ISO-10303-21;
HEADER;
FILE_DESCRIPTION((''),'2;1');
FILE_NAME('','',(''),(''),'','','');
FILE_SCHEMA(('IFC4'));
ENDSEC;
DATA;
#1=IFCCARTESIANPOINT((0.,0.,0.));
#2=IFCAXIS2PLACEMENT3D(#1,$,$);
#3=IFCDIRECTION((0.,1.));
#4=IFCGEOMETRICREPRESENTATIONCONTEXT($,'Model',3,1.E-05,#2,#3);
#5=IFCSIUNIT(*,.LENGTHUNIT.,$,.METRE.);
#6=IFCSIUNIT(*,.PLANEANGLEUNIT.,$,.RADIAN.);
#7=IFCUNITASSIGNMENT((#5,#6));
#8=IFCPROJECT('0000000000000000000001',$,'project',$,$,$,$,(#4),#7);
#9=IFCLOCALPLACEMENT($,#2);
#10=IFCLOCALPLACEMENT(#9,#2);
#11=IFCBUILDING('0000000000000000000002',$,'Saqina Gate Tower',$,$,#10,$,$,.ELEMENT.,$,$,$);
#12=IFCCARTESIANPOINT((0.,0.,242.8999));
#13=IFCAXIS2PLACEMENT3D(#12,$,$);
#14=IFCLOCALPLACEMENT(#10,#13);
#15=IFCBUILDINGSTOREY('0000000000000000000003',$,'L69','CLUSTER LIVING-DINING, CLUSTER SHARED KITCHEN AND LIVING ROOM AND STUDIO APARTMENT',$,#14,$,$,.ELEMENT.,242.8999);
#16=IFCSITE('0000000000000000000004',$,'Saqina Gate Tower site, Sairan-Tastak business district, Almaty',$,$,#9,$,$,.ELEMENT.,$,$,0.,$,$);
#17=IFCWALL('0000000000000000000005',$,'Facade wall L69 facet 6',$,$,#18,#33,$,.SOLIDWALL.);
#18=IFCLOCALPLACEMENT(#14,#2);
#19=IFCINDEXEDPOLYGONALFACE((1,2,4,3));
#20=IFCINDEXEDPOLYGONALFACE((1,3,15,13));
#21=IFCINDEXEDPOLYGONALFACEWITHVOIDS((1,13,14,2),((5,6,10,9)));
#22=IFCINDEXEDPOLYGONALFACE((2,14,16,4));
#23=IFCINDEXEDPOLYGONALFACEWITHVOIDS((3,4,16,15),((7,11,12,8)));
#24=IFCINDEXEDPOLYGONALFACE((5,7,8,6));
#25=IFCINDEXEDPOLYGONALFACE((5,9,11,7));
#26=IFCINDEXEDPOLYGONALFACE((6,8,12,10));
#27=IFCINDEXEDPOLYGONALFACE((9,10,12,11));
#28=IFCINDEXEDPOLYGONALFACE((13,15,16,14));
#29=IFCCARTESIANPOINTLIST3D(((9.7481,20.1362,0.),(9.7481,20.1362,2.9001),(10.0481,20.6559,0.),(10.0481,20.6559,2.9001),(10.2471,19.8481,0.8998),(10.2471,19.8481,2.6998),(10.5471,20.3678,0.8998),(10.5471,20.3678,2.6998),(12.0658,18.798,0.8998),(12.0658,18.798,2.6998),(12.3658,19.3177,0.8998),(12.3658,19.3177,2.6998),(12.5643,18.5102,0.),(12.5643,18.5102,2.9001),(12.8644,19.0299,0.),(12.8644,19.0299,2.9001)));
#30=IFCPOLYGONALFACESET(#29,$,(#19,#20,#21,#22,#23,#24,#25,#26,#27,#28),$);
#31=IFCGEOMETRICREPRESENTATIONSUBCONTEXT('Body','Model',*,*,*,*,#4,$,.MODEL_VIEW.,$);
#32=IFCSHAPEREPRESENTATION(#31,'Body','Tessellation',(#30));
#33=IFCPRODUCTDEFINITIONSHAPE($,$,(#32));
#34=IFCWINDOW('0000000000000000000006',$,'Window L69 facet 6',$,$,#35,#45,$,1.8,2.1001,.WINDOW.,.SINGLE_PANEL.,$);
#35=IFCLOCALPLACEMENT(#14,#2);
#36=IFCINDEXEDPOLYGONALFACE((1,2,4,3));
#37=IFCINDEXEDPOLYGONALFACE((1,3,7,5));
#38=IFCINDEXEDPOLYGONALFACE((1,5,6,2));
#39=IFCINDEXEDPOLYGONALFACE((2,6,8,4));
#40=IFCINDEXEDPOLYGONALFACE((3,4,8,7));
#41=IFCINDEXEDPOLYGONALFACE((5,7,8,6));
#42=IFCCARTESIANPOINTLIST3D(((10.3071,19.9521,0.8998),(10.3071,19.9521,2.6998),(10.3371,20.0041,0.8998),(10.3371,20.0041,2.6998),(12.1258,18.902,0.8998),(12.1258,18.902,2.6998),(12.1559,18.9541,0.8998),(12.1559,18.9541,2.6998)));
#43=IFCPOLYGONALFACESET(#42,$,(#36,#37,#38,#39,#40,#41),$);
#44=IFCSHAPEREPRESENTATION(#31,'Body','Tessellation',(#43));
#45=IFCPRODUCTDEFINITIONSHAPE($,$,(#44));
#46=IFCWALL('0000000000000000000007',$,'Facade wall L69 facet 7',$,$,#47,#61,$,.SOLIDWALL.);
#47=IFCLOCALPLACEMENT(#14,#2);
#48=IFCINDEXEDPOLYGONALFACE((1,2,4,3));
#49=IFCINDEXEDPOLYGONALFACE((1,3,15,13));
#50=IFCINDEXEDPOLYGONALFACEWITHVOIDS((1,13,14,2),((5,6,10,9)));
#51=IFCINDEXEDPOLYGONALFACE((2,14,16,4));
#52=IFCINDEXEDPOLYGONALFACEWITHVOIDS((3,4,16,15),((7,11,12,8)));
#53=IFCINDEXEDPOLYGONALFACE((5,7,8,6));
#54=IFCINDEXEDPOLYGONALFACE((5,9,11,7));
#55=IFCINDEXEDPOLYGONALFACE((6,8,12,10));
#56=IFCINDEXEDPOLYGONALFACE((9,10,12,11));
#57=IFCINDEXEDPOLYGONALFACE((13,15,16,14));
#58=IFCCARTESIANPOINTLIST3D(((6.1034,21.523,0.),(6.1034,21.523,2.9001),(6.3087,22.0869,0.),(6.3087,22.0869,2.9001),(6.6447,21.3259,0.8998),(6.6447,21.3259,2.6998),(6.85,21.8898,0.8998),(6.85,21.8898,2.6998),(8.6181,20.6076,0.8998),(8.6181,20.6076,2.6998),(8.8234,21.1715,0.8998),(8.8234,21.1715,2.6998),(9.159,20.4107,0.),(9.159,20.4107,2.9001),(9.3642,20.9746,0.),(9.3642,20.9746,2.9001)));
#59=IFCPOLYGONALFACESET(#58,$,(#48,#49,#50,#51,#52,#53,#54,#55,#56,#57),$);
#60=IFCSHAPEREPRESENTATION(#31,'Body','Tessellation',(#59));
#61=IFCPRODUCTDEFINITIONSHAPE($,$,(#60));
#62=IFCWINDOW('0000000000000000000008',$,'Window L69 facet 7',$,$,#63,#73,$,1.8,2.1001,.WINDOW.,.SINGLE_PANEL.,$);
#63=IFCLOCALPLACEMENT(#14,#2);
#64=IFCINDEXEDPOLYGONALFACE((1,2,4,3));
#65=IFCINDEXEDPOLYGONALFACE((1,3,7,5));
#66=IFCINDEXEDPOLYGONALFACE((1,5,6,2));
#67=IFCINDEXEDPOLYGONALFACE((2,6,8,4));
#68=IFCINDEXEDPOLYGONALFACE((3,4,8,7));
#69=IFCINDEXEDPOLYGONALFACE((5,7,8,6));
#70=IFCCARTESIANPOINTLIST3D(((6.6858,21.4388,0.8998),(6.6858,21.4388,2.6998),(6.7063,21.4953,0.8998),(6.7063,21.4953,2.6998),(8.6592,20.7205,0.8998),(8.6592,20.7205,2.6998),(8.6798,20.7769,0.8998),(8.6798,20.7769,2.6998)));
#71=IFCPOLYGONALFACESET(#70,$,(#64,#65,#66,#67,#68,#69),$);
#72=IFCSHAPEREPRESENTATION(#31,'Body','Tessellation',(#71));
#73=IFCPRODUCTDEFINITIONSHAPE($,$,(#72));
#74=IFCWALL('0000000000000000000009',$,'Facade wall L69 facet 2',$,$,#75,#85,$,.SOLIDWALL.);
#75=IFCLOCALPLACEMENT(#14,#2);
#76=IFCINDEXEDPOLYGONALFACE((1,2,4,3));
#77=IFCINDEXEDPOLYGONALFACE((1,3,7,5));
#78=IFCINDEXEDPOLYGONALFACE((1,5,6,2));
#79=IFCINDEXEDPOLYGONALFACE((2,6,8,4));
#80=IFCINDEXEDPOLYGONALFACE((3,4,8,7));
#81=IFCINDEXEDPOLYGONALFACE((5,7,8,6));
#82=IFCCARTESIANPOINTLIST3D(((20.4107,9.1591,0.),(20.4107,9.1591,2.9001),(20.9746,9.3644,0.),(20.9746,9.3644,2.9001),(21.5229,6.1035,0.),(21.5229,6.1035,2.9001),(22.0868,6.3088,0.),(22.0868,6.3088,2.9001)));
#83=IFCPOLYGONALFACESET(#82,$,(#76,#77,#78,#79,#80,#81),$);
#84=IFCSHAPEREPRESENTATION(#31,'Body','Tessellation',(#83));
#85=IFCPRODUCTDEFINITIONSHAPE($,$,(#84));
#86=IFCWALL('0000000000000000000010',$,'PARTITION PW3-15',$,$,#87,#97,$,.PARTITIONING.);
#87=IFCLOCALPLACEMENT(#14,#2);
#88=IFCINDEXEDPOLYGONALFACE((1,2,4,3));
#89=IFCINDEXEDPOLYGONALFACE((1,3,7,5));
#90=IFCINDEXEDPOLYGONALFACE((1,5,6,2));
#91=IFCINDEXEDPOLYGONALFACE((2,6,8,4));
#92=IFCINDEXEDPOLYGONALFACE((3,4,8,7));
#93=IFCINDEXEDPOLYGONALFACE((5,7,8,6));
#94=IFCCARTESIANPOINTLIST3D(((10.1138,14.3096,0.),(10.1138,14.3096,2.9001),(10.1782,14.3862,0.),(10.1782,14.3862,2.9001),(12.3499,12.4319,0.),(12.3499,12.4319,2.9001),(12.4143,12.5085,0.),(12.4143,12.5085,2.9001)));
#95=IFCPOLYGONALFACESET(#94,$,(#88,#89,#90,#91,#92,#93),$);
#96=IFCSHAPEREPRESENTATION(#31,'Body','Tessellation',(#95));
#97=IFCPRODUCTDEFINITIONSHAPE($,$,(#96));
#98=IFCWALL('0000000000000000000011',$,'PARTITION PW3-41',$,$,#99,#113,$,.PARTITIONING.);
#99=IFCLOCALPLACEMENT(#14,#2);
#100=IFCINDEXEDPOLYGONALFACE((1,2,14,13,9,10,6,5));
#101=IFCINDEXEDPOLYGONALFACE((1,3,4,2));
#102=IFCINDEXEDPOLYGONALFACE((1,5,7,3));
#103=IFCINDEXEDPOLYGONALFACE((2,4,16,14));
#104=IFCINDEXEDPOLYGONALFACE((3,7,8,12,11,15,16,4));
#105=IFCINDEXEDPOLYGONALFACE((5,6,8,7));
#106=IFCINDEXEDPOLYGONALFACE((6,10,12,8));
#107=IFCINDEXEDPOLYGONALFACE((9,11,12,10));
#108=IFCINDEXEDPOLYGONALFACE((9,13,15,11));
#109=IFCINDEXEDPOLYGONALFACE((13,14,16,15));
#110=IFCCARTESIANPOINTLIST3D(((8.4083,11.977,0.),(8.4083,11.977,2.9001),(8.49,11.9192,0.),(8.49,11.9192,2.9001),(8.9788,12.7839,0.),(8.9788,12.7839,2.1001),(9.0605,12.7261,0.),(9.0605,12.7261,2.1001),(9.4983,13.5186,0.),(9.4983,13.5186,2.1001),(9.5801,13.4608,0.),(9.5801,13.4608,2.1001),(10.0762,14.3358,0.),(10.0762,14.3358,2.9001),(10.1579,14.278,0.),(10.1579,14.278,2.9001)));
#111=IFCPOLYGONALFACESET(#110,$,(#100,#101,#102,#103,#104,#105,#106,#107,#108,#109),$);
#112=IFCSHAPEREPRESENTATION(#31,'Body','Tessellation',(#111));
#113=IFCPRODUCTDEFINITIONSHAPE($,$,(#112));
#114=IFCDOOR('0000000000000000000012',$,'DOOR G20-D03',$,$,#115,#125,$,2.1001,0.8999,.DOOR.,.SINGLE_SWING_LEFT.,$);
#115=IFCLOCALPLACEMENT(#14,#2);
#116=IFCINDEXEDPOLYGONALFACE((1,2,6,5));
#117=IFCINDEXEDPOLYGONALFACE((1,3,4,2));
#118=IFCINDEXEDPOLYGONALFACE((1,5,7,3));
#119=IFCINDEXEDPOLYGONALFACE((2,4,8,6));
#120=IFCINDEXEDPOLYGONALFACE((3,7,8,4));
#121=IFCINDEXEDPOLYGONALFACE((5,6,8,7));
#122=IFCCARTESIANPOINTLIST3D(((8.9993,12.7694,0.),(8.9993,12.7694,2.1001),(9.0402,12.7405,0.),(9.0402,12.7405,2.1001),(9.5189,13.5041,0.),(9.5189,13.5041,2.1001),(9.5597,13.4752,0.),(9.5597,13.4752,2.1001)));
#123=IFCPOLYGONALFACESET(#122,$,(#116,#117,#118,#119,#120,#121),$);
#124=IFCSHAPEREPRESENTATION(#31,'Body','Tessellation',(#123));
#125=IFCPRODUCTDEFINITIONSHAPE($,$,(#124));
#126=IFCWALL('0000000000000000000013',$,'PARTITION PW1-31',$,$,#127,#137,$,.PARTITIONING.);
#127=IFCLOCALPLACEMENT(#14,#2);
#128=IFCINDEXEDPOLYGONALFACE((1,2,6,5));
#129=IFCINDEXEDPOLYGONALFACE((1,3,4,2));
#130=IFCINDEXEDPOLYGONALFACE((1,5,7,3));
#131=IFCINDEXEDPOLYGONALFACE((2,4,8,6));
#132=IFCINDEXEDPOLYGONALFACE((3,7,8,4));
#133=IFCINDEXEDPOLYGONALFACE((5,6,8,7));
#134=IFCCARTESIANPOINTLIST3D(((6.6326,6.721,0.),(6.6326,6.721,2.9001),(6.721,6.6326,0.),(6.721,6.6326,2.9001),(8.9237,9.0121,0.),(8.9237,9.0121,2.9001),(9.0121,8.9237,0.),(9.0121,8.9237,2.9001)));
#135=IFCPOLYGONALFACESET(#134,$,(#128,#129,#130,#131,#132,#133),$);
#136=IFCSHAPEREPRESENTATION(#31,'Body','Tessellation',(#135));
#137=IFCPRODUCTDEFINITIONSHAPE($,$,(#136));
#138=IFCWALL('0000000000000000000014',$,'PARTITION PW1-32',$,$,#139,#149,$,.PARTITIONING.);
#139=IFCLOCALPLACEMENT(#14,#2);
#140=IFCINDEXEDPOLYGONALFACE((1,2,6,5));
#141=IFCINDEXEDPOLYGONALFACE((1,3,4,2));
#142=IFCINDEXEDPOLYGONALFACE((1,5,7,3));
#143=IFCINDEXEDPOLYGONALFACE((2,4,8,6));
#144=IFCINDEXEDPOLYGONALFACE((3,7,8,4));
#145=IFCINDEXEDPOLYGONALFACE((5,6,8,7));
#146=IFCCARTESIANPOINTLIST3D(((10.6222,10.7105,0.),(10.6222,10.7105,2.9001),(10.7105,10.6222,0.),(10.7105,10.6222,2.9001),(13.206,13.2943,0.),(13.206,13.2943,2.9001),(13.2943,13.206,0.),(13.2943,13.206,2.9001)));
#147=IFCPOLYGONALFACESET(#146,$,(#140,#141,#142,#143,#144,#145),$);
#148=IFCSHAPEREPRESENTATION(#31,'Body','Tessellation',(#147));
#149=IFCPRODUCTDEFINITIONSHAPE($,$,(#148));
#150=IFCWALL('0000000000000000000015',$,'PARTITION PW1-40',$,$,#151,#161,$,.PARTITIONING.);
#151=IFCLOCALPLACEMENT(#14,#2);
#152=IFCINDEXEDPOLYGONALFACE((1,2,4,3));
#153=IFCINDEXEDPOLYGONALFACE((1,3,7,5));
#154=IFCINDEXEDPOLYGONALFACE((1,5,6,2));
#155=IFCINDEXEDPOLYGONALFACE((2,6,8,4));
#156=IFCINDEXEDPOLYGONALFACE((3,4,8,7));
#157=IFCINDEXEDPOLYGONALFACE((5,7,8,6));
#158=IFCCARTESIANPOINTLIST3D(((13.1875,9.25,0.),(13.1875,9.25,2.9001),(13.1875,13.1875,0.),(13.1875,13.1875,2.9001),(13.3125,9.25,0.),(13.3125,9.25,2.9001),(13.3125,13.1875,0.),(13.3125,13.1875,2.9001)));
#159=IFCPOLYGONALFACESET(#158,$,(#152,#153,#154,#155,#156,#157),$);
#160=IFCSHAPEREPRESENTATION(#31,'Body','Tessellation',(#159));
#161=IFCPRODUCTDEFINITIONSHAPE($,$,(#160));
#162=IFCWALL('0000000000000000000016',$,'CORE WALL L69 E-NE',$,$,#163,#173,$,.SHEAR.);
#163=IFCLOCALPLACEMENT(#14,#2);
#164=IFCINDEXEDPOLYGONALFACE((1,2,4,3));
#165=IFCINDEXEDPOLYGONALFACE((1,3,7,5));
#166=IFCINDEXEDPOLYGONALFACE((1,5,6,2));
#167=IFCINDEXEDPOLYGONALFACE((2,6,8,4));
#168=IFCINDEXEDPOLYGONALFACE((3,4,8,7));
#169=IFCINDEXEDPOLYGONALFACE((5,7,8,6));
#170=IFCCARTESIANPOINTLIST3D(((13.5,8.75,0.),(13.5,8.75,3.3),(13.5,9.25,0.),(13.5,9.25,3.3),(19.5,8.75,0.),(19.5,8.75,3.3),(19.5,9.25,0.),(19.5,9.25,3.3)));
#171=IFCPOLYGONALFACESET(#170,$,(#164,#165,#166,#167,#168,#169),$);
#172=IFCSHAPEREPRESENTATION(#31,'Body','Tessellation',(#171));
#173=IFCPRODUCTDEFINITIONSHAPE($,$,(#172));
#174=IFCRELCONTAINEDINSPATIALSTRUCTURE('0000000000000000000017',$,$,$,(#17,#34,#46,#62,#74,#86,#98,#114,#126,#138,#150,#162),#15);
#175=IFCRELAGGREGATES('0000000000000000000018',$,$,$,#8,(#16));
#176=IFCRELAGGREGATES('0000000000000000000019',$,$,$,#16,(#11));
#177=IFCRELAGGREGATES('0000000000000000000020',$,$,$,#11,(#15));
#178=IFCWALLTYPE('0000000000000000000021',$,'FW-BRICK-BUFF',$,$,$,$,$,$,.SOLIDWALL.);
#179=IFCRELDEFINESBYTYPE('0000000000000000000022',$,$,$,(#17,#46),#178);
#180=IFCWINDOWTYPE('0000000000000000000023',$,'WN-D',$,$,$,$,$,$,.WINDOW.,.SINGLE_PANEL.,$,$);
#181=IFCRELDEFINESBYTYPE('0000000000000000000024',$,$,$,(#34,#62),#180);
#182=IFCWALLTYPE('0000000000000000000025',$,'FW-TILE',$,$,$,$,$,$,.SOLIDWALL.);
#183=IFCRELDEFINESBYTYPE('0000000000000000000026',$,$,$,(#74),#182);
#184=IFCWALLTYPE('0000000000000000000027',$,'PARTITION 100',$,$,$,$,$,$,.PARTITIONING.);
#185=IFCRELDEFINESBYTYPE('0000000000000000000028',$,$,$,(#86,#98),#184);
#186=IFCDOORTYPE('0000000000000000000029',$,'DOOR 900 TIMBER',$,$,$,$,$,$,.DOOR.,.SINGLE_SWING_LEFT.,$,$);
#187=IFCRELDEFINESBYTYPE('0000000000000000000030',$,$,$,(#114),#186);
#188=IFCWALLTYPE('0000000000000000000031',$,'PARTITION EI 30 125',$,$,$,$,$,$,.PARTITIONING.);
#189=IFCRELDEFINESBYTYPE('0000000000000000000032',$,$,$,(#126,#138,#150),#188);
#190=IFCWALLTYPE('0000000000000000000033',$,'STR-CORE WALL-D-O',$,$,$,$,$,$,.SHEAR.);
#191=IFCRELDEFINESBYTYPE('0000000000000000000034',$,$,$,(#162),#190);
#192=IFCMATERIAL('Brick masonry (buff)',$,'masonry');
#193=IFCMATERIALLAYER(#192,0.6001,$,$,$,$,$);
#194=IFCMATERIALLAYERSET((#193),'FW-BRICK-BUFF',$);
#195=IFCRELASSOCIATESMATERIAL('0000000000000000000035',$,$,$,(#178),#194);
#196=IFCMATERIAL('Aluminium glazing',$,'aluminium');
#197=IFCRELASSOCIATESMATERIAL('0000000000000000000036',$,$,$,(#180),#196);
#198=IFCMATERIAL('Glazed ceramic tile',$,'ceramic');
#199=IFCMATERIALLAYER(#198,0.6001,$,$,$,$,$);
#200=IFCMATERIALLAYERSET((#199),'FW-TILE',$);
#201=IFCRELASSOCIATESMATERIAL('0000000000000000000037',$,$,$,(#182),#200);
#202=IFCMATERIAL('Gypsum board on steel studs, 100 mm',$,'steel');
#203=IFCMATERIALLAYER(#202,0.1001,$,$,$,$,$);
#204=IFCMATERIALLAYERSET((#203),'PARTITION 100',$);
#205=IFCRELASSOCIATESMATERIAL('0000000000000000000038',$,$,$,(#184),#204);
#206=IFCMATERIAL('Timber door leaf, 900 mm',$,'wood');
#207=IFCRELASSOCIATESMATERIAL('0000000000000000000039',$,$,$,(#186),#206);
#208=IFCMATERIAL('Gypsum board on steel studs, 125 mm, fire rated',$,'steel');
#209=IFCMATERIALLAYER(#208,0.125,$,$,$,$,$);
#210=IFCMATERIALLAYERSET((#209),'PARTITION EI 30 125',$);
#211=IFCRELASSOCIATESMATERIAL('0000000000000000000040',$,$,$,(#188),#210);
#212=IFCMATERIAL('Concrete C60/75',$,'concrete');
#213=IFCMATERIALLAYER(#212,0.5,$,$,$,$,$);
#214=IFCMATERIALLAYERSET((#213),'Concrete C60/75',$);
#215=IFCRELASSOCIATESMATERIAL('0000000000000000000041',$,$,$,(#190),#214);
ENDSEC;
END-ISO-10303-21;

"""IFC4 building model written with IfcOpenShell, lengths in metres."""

from ifc_helpers import new_model, si_unit, direction, frame, frame_2d, origin, place, context, subcontext, project, spatial, rectangle, extrude, material, layer, layer_set, type_object, element, fill, save


model = new_model("IFC4")

# Units and contexts
model_context = context("Model", 3, precision=1e-05, world=origin(), true_north=direction((0.0, 1.0)))
body_context = subcontext(model_context, "Body", "Model", "MODEL_VIEW")
ifc_project = project(units=[si_unit("LENGTHUNIT", "METRE"), si_unit("PLANEANGLEUNIT", "RADIAN")], contexts=[model_context])

# Site, building, storey
site_placement = place(None, origin())
site = spatial("IfcSite", under=ifc_project, at=site_placement, Name="Saqina Gate Tower site, Sairan-Tastak business district, Almaty", CompositionType="ELEMENT", RefElevation=0.0)
building_placement = place(site_placement, origin())
building = spatial("IfcBuilding", under=site, at=building_placement, Name="Saqina Gate Tower", CompositionType="ELEMENT")
storey_placement = place(building_placement, frame((0.0, 0.0, 242.8999)))
storey = spatial("IfcBuildingStorey", under=building, at=storey_placement, Name="L69", Description="CLUSTER LIVING-DINING, CLUSTER SHARED KITCHEN AND LIVING ROOM AND STUDIO APARTMENT", CompositionType="ELEMENT", Elevation=242.8999)

# Walls, openings, windows
ifc_material_1 = material(Name="Brick masonry (buff)", Category="masonry")
ifc_layer_1 = layer(ifc_material_1, 0.6001)
ifc_layer_set_1 = layer_set([ifc_layer_1], Name="FW-BRICK-BUFF")
wall_type_1 = type_object("IfcWallType", Name="FW-BRICK-BUFF", PredefinedType="SOLIDWALL", material=ifc_layer_set_1)
ifc_material_2 = material(Name="Aluminium glazing", Category="aluminium")
window_type = type_object("IfcWindowType", Name="WN-D", PartitioningType="SINGLE_PANEL", PredefinedType="WINDOW", material=ifc_material_2)
wall_1_placement = place(storey_placement, frame((12.7144, 18.77, 0.0), z_axis=(0.0, 0.0, 1.0), x_axis=(-0.866017, 0.500015, 0.0)))
wall_1 = element("IfcWall", 1, at=wall_1_placement, inside=storey, type_object=wall_type_1, Name="Facade wall L69 facet 6", PredefinedType="SOLIDWALL", context=body_context, shape_type="SweptSolid", body=[
    extrude(rectangle(XDim=3.252, YDim=0.6001, at=frame_2d((1.626, 0.0))), origin(), (0.0, 0.0, 1.0), 2.9001),
])
opening_1_placement = place(wall_1_placement, frame((0.5757, 0.0, 0.8999)))
opening_1 = element("IfcOpeningElement", 2, at=opening_1_placement, cuts=wall_1, PredefinedType="OPENING", context=body_context, shape_type="SweptSolid", body=[
    extrude(rectangle(XDim=2.1001, YDim=1.8, at=frame_2d((1.05, 0.8999))), frame((0.0, 0.312, 0.0), z_axis=(0.0, -1.0, 0.0), x_axis=(1.0, 0.0, 0.0)), (0.0, 0.0, 1.0), 0.624),
])
window_1_placement = place(opening_1_placement, origin())
window_1 = element("IfcWindow", 3, at=window_1_placement, inside=storey, type_object=window_type, Name="Window L69 facet 6", OverallHeight=1.8, OverallWidth=2.1001, PartitioningType="SINGLE_PANEL", PredefinedType="WINDOW", context=body_context, shape_type="SweptSolid", body=[
    extrude(rectangle(XDim=2.1001, YDim=1.8, at=frame_2d((1.05, 0.8999))), frame((0.0, 0.1799, 0.0), z_axis=(0.0, -1.0, 0.0), x_axis=(1.0, 0.0, 0.0)), (0.0, 0.0, 1.0), 0.0601),
])
fill(opening_1, window_1)
wall_2_placement = place(storey_placement, frame((9.2617, 20.6926, 0.0), z_axis=(0.0, 0.0, 1.0), x_axis=(-0.939679, 0.342057, 0.0)))
wall_2 = element("IfcWall", 4, at=wall_2_placement, inside=storey, type_object=wall_type_1, Name="Facade wall L69 facet 7", PredefinedType="SOLIDWALL", context=body_context, shape_type="SweptSolid", body=[
    extrude(rectangle(XDim=3.2517, YDim=0.6001, at=frame_2d((1.626, 0.0))), origin(), (0.0, 0.0, 1.0), 2.9001),
])
opening_2_placement = place(wall_2_placement, frame((0.5757, 0.0, 0.8999)))
opening_2 = element("IfcOpeningElement", 5, at=opening_2_placement, cuts=wall_2, PredefinedType="OPENING", context=body_context, shape_type="SweptSolid", body=[
    extrude(rectangle(XDim=2.1001, YDim=1.8, at=frame_2d((1.05, 0.8999))), frame((0.0, 0.312, 0.0), z_axis=(0.0, -1.0, 0.0), x_axis=(1.0, 0.0, 0.0)), (0.0, 0.0, 1.0), 0.624),
])
window_2_placement = place(opening_2_placement, origin())
window_2 = element("IfcWindow", 6, at=window_2_placement, inside=storey, type_object=window_type, Name="Window L69 facet 7", OverallHeight=1.8, OverallWidth=2.1001, PartitioningType="SINGLE_PANEL", PredefinedType="WINDOW", context=body_context, shape_type="SweptSolid", body=[
    extrude(rectangle(XDim=2.1001, YDim=1.8, at=frame_2d((1.05, 0.8999))), frame((0.0, 0.1799, 0.0), z_axis=(0.0, -1.0, 0.0), x_axis=(1.0, 0.0, 0.0)), (0.0, 0.0, 1.0), 0.0601),
])
fill(opening_2, window_2)

# Walls
ifc_material_3 = material(Name="Glazed ceramic tile", Category="ceramic")
ifc_layer_2 = layer(ifc_material_3, 0.6001)
ifc_layer_set_2 = layer_set([ifc_layer_2], Name="FW-TILE")
wall_type_2 = type_object("IfcWallType", Name="FW-TILE", PredefinedType="SOLIDWALL", material=ifc_layer_set_2)
wall_3_placement = place(storey_placement, frame((21.8049, 6.2061, 0.0), z_axis=(0.0, 0.0, 1.0), x_axis=(-0.342057, 0.939679, 0.0)))
element("IfcWall", 7, at=wall_3_placement, inside=storey, type_object=wall_type_2, Name="Facade wall L69 facet 2", PredefinedType="SOLIDWALL", context=body_context, shape_type="SweptSolid", body=[
    extrude(rectangle(XDim=3.2517, YDim=0.6001, at=frame_2d((1.626, 0.0))), origin(), (0.0, 0.0, 1.0), 2.9001),
])
ifc_material_4 = material(Name="Gypsum board on steel studs, 100 mm", Category="steel")
ifc_layer_3 = layer(ifc_material_4, 0.1001)
ifc_layer_set_3 = layer_set([ifc_layer_3], Name="PARTITION 100")
wall_type_3 = type_object("IfcWallType", Name="PARTITION 100", PredefinedType="PARTITIONING", material=ifc_layer_set_3)
wall_4_placement = place(storey_placement, frame((10.146, 14.3479, 0.0), z_axis=(0.0, 0.0, 1.0), x_axis=(0.76581, -0.643067, 0.0)))
element("IfcWall", 8, at=wall_4_placement, inside=storey, type_object=wall_type_3, Name="PARTITION PW3-15", PredefinedType="PARTITIONING", context=body_context, shape_type="SweptSolid", body=[
    extrude(rectangle(XDim=2.9199, YDim=0.1001, at=frame_2d((1.46, 0.0))), origin(), (0.0, 0.0, 1.0), 2.9001),
])

# Wall, opening, door
wall_5_placement = place(storey_placement, frame((8.4492, 11.9482, 0.0), z_axis=(0.0, 0.0, 1.0), x_axis=(0.577347, 0.816499, 0.0)))
wall_5 = element("IfcWall", 9, at=wall_5_placement, inside=storey, type_object=wall_type_3, Name="PARTITION PW3-41", PredefinedType="PARTITIONING", context=body_context, shape_type="SweptSolid", body=[
    extrude(rectangle(XDim=2.8889, YDim=0.1001, at=frame_2d((1.4443, 0.0))), origin(), (0.0, 0.0, 1.0), 2.9001),
])
opening_3_placement = place(wall_5_placement, frame((0.988, 0.0, 0.0)))
opening_3 = element("IfcOpeningElement", 10, at=opening_3_placement, cuts=wall_5, PredefinedType="OPENING", context=body_context, shape_type="SweptSolid", body=[
    extrude(rectangle(XDim=0.8999, YDim=2.1001, at=frame_2d((0.45, 1.05))), frame((0.0, 0.062, 0.0), z_axis=(0.0, -1.0, 0.0), x_axis=(1.0, 0.0, 0.0)), (0.0, 0.0, 1.0), 0.124),
])
ifc_material_5 = material(Name="Timber door leaf, 900 mm", Category="wood")
door_type = type_object("IfcDoorType", Name="DOOR 900 TIMBER", OperationType="SINGLE_SWING_LEFT", PredefinedType="DOOR", material=ifc_material_5)
door_placement = place(opening_3_placement, origin())
door = element("IfcDoor", 11, at=door_placement, inside=storey, type_object=door_type, Name="DOOR G20-D03", OperationType="SINGLE_SWING_LEFT", OverallHeight=2.1001, OverallWidth=0.8999, PredefinedType="DOOR", context=body_context, shape_type="SweptSolid", body=[
    extrude(rectangle(XDim=0.8999, YDim=2.1001, at=frame_2d((0.45, 1.05))), frame((0.0, 0.0249, 0.0), z_axis=(0.0, -1.0, 0.0), x_axis=(1.0, 0.0, 0.0)), (0.0, 0.0, 1.0), 0.05),
])
fill(opening_3, door)

# Walls
ifc_material_6 = material(Name="Gypsum board on steel studs, 125 mm, fire rated", Category="steel")
ifc_layer_4 = layer(ifc_material_6, 0.125)
ifc_layer_set_4 = layer_set([ifc_layer_4], Name="PARTITION EI 30 125")
wall_type_4 = type_object("IfcWallType", Name="PARTITION EI 30 125", PredefinedType="PARTITIONING", material=ifc_layer_set_4)
wall_6_placement = place(storey_placement, frame((6.6768, 6.6768, 0.0), z_axis=(0.0, 0.0, 1.0), x_axis=(0.707107, 0.707107, 0.0)))
element("IfcWall", 12, at=wall_6_placement, inside=storey, type_object=wall_type_4, Name="PARTITION PW1-31", PredefinedType="PARTITIONING", context=body_context, shape_type="SweptSolid", body=[
    extrude(rectangle(XDim=3.24, YDim=0.125, at=frame_2d((1.6201, 0.0))), origin(), (0.0, 0.0, 1.0), 2.9001),
])
wall_7_placement = place(storey_placement, frame((10.6663, 10.6663, 0.0), z_axis=(0.0, 0.0, 1.0), x_axis=(0.707107, 0.707107, 0.0)))
element("IfcWall", 13, at=wall_7_placement, inside=storey, type_object=wall_type_4, Name="PARTITION PW1-32", PredefinedType="PARTITIONING", context=body_context, shape_type="SweptSolid", body=[
    extrude(rectangle(XDim=3.6541, YDim=0.125, at=frame_2d((1.8271, 0.0))), origin(), (0.0, 0.0, 1.0), 2.9001),
])
wall_8_placement = place(storey_placement, frame((13.25, 9.25, 0.0), z_axis=(0.0, 0.0, 1.0), x_axis=(0.0, 1.0, 0.0)))
element("IfcWall", 14, at=wall_8_placement, inside=storey, type_object=wall_type_4, Name="PARTITION PW1-40", PredefinedType="PARTITIONING", context=body_context, shape_type="SweptSolid", body=[
    extrude(rectangle(XDim=3.9375, YDim=0.125, at=frame_2d((1.9688, 0.0))), origin(), (0.0, 0.0, 1.0), 2.9001),
])
ifc_material_7 = material(Name="Concrete C60/75", Category="concrete")
ifc_layer_5 = layer(ifc_material_7, 0.5)
ifc_layer_set_5 = layer_set([ifc_layer_5], Name="Concrete C60/75")
wall_type_5 = type_object("IfcWallType", Name="STR-CORE WALL-D-O", PredefinedType="SHEAR", material=ifc_layer_set_5)
wall_9_placement = place(storey_placement, frame((13.5, 9.0, 0.0), z_axis=(0.0, 0.0, 1.0), x_axis=(1.0, 0.0, 0.0)))
element("IfcWall", 15, at=wall_9_placement, inside=storey, type_object=wall_type_5, Name="CORE WALL L69 E-NE", PredefinedType="SHEAR", context=body_context, shape_type="SweptSolid", body=[
    extrude(rectangle(XDim=6.0, YDim=0.5, at=frame_2d((3.0, 0.0))), origin(), (0.0, 0.0, 1.0), 3.3),
])

save(model, "model.ifc")
